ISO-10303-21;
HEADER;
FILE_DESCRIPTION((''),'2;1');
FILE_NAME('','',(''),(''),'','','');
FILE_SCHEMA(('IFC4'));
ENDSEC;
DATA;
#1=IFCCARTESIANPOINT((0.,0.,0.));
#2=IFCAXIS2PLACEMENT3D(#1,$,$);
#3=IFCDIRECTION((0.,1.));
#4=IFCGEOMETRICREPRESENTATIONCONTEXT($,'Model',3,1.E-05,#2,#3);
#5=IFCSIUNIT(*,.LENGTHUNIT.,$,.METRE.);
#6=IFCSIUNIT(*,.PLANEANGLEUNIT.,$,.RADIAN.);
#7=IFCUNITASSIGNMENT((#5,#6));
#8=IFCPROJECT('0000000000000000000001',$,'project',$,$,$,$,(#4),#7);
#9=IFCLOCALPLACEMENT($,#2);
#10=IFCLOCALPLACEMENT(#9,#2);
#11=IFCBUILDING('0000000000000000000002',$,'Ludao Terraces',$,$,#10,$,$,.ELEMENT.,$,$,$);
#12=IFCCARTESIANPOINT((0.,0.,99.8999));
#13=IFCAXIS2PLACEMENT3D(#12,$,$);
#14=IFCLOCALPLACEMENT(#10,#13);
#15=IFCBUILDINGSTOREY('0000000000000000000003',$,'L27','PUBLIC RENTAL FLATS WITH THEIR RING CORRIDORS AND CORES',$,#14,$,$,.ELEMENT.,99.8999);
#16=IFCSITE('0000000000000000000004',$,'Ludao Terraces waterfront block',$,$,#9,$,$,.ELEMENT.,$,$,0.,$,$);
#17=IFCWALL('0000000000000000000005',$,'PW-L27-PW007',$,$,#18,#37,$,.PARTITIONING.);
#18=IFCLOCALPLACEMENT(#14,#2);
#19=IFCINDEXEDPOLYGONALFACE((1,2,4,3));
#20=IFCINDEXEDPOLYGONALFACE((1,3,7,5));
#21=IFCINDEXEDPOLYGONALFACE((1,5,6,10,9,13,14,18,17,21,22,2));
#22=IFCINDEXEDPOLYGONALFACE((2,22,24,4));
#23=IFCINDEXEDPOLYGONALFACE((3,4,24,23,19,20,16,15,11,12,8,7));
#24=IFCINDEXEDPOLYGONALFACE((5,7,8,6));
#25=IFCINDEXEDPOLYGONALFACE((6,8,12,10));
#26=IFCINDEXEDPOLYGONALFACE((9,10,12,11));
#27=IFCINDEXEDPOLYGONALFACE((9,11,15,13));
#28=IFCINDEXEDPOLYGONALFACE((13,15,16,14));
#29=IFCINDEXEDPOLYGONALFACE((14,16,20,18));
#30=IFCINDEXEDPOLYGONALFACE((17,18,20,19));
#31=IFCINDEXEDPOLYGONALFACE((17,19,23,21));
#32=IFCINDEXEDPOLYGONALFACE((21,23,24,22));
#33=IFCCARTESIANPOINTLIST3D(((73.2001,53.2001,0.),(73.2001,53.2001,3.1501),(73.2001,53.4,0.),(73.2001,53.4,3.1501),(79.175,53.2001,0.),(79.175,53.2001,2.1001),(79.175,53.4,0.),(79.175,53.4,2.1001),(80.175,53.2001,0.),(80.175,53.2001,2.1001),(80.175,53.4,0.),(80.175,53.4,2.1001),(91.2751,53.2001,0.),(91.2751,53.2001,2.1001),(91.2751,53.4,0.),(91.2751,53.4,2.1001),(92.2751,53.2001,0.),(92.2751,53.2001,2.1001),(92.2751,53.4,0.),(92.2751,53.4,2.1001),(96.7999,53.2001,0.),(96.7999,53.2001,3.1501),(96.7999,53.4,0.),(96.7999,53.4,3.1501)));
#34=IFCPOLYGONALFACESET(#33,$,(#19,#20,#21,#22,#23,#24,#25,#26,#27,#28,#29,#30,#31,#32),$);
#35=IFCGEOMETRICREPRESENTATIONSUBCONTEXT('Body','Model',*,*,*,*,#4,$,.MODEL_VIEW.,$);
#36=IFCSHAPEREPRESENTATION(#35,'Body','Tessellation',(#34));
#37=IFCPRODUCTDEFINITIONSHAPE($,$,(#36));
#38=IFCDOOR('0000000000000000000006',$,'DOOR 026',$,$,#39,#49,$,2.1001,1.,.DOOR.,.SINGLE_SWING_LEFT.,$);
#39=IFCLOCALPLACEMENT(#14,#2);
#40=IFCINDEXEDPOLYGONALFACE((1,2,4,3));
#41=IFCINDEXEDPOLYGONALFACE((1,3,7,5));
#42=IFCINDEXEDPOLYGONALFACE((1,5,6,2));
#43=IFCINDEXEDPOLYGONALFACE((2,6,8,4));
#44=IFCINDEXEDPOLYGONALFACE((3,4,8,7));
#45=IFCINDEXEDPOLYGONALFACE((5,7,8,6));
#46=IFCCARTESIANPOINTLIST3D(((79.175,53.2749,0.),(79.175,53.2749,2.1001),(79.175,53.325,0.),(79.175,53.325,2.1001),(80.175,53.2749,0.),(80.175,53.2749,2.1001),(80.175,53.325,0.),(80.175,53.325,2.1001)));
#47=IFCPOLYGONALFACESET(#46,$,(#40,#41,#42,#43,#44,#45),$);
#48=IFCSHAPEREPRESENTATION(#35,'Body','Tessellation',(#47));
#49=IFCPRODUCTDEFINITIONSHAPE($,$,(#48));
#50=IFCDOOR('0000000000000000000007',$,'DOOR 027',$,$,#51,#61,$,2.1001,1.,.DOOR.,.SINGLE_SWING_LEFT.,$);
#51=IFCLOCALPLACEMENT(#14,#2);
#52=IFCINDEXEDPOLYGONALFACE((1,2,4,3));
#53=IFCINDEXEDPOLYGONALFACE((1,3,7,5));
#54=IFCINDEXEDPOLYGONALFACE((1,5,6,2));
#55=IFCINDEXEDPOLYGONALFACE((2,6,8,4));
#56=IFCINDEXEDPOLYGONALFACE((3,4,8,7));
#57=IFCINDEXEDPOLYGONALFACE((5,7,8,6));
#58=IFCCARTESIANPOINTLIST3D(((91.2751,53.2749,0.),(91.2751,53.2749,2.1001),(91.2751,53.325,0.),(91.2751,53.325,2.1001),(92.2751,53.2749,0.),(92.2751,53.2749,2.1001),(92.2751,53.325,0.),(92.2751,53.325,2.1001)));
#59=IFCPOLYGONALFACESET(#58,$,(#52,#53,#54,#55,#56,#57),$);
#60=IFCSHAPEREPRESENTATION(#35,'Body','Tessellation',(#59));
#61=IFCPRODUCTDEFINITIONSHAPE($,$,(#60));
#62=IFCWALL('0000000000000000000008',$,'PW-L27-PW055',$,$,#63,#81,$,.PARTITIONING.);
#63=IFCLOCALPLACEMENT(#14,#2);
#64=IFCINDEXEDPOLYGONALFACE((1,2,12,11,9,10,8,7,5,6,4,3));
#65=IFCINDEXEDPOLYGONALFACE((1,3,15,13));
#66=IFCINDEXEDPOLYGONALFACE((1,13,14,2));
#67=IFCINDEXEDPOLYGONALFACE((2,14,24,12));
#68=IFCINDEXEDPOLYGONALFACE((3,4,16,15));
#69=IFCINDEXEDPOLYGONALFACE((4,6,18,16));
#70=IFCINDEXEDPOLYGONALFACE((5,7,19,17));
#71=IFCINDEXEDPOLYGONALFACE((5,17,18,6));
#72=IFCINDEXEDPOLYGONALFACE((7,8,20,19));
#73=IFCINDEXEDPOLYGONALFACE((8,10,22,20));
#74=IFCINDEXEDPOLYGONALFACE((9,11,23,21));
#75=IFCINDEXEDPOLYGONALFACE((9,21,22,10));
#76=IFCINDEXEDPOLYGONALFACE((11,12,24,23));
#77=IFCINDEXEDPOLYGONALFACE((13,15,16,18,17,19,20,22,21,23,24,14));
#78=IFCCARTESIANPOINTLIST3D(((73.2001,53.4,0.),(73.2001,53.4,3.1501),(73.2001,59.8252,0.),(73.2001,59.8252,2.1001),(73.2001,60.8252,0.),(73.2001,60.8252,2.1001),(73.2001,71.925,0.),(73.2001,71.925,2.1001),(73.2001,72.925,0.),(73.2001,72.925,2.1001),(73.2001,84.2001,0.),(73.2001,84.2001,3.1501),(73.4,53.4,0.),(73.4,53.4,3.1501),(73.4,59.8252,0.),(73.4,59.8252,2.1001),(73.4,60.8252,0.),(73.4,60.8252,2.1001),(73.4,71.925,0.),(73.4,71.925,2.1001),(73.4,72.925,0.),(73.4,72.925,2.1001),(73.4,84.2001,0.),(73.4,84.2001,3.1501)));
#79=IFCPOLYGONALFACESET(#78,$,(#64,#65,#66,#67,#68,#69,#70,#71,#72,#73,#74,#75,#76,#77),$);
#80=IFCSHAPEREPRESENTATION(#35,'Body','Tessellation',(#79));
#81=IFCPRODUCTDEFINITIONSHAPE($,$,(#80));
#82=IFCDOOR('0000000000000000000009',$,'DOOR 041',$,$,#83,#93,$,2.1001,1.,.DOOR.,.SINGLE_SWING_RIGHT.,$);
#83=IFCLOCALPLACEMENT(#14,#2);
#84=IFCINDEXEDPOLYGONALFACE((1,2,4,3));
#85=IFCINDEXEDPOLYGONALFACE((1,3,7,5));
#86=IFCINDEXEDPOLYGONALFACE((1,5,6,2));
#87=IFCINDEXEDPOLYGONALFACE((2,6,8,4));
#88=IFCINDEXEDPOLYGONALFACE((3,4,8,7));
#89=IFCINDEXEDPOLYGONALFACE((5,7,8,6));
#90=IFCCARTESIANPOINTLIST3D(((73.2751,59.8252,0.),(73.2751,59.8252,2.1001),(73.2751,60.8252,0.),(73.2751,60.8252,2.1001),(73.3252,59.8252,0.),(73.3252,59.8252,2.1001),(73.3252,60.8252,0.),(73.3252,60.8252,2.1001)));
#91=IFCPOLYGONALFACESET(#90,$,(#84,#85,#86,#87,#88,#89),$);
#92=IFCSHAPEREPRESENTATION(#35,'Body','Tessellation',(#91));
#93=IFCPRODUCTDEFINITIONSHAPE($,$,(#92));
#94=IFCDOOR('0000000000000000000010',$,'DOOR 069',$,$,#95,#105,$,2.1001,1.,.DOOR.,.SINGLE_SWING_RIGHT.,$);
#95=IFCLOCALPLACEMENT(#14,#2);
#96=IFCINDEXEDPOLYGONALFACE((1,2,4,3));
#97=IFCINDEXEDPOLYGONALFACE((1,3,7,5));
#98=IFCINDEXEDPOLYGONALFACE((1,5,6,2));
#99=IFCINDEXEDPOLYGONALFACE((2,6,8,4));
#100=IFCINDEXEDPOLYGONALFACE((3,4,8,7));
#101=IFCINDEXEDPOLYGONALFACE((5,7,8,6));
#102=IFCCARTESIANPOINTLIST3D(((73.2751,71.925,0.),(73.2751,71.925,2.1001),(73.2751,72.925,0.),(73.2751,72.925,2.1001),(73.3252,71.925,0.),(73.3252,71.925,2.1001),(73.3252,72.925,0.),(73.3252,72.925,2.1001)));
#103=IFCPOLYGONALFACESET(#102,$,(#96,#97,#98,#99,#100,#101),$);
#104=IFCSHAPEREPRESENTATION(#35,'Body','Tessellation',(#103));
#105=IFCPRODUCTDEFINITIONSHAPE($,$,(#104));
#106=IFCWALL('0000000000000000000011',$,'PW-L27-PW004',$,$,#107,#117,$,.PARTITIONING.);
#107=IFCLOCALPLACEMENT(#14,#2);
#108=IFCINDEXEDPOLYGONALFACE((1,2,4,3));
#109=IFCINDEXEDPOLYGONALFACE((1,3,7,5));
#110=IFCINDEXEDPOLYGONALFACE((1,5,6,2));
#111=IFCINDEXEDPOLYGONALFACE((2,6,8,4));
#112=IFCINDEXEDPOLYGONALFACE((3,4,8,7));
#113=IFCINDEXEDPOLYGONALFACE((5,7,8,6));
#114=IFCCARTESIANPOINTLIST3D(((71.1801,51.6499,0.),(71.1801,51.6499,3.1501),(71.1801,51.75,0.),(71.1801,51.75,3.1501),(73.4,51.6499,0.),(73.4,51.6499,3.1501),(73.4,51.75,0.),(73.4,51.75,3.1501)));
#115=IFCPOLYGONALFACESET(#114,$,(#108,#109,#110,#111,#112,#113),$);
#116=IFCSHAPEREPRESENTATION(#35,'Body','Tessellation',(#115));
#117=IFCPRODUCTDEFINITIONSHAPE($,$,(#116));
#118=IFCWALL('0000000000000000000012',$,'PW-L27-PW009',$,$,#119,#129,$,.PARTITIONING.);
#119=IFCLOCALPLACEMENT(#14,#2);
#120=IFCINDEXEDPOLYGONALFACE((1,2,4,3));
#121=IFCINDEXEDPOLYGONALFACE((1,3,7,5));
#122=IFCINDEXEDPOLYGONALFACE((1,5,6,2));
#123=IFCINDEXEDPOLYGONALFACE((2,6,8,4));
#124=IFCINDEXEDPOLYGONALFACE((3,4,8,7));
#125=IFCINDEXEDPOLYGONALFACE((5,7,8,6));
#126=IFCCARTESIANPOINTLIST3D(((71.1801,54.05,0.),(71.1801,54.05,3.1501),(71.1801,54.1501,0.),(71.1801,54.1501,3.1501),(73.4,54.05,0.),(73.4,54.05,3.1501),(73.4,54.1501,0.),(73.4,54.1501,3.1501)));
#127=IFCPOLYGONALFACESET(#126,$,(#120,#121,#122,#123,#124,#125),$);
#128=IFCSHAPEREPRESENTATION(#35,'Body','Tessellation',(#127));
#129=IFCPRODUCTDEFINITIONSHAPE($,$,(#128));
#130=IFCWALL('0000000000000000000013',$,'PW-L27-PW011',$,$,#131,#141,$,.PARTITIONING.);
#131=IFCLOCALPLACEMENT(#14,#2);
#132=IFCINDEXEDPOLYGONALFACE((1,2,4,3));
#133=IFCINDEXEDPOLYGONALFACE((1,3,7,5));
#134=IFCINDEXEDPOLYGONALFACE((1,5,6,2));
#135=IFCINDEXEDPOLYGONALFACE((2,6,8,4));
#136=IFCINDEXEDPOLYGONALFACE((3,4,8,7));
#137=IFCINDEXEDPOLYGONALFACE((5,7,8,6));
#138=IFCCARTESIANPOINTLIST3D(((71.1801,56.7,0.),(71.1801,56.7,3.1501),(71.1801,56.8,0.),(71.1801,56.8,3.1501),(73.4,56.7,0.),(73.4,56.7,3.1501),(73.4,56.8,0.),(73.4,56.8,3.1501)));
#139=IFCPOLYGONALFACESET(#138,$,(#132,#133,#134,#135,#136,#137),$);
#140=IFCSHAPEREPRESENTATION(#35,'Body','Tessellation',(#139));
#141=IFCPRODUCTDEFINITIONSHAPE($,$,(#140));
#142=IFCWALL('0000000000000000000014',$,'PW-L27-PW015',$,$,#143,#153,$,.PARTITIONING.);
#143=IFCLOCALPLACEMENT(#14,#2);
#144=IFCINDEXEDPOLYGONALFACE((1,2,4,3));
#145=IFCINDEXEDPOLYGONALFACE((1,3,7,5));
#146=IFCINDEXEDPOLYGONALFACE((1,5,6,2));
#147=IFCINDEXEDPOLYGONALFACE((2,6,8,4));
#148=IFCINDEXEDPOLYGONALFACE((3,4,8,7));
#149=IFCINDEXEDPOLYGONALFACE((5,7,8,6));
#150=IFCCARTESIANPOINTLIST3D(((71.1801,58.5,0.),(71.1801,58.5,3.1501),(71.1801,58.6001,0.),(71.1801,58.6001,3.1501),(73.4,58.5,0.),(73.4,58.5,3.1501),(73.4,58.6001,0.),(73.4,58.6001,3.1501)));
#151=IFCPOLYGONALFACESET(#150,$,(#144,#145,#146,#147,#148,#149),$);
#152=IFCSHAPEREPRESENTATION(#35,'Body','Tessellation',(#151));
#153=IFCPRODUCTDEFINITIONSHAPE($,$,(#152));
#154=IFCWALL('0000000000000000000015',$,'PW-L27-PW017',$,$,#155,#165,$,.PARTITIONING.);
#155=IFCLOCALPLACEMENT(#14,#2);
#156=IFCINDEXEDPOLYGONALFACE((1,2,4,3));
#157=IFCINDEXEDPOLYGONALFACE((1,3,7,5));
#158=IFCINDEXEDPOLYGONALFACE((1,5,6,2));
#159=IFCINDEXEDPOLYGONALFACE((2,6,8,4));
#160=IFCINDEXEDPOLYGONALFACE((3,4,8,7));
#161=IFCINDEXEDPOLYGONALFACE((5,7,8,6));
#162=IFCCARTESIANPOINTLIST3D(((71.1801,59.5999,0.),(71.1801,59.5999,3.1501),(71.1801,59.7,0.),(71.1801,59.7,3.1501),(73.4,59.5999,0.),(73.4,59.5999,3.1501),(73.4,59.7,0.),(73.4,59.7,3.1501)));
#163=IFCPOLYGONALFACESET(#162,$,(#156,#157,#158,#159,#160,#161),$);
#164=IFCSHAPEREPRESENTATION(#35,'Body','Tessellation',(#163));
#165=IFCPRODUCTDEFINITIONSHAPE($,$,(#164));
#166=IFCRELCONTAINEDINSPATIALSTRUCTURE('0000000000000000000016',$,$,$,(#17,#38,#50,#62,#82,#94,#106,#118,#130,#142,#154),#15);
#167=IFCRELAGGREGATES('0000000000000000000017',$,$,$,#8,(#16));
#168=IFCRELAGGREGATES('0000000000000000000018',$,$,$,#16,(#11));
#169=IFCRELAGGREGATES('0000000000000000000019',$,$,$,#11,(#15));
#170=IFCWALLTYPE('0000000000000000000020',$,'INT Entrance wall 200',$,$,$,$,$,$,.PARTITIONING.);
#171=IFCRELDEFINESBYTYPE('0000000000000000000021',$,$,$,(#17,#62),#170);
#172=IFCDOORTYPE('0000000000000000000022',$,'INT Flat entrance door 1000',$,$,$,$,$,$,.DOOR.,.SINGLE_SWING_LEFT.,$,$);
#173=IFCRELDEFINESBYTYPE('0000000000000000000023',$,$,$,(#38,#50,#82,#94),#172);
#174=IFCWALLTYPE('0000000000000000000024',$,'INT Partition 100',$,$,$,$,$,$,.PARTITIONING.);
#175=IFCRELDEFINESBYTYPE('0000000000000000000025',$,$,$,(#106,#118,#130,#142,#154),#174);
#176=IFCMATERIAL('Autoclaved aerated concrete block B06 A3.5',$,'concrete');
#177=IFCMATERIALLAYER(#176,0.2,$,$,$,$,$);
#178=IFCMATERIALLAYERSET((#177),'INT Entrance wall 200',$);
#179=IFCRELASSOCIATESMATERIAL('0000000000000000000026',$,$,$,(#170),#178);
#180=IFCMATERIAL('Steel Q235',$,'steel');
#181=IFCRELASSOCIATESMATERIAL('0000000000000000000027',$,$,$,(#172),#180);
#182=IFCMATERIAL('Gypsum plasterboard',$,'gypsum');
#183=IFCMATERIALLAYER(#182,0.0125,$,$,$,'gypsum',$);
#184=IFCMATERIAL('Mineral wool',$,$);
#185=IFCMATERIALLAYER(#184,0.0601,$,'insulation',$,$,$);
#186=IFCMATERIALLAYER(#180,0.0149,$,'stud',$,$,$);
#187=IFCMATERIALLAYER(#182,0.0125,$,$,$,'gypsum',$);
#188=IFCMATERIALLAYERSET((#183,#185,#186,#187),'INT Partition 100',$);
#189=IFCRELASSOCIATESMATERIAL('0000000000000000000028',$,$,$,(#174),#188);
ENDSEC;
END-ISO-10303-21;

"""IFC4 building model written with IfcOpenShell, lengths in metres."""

from ifc_helpers import new_model, si_unit, direction, frame, frame_2d, origin, place, context, subcontext, project, spatial, rectangle, extrude, material, layer, layer_set, type_object, element, fill, save


model = new_model("IFC4")

# Units and contexts
model_context = context("Model", 3, precision=1e-05, world=origin(), true_north=direction((0.0, 1.0)))
body_context = subcontext(model_context, "Body", "Model", "MODEL_VIEW")
ifc_project = project(units=[si_unit("LENGTHUNIT", "METRE"), si_unit("PLANEANGLEUNIT", "RADIAN")], contexts=[model_context])

# Site, building, storey
site_placement = place(None, origin())
site = spatial("IfcSite", under=ifc_project, at=site_placement, Name="Ludao Terraces waterfront block", CompositionType="ELEMENT", RefElevation=0.0)
building_placement = place(site_placement, origin())
building = spatial("IfcBuilding", under=site, at=building_placement, Name="Ludao Terraces", CompositionType="ELEMENT")
storey_placement = place(building_placement, frame((0.0, 0.0, 99.8999)))
storey = spatial("IfcBuildingStorey", under=building, at=storey_placement, Name="L27", Description="PUBLIC RENTAL FLATS WITH THEIR RING CORRIDORS AND CORES", CompositionType="ELEMENT", Elevation=99.8999)

# Walls, openings, doors
ifc_material_1 = material(Name="Steel Q235", Category="steel")
ifc_material_2 = material(Name="Autoclaved aerated concrete block B06 A3.5", Category="concrete")
ifc_layer_1 = layer(ifc_material_2, 0.2)
ifc_layer_set_1 = layer_set([ifc_layer_1], Name="INT Entrance wall 200")
wall_type_1 = type_object("IfcWallType", Name="INT Entrance wall 200", PredefinedType="PARTITIONING", material=ifc_layer_set_1)
wall_1_placement = place(storey_placement, frame((73.2002, 53.3, 0.0), z_axis=(0.0, 0.0, 1.0), x_axis=(1.0, 0.0, 0.0)))
wall_1 = element("IfcWall", 1, at=wall_1_placement, inside=storey, type_object=wall_type_1, Name="PW-L27-PW007", PredefinedType="PARTITIONING", context=body_context, shape_type="SweptSolid", body=[
    extrude(rectangle(XDim=23.5999, YDim=0.2, at=frame_2d((11.7998, 0.0))), origin(), (0.0, 0.0, 1.0), 3.1501),
])
opening_1_placement = place(wall_1_placement, frame((5.9749, 0.0, 0.0)))
opening_1 = element("IfcOpeningElement", 2, at=opening_1_placement, cuts=wall_1, PredefinedType="OPENING", context=body_context, shape_type="SweptSolid", body=[
    extrude(rectangle(XDim=1.0, YDim=2.1001, at=frame_2d((0.5, 1.05))), frame((0.0, 0.1099, 0.0), z_axis=(0.0, -1.0, 0.0), x_axis=(1.0, 0.0, 0.0)), (0.0, 0.0, 1.0), 0.22),
])
opening_2_placement = place(wall_1_placement, frame((18.075, 0.0, 0.0)))
opening_2 = element("IfcOpeningElement", 3, at=opening_2_placement, cuts=wall_1, PredefinedType="OPENING", context=body_context, shape_type="SweptSolid", body=[
    extrude(rectangle(XDim=1.0, YDim=2.1001, at=frame_2d((0.5, 1.05))), frame((0.0, 0.1099, 0.0), z_axis=(0.0, -1.0, 0.0), x_axis=(1.0, 0.0, 0.0)), (0.0, 0.0, 1.0), 0.22),
])
door_type_1 = type_object("IfcDoorType", Name="INT Flat entrance door 1000", OperationType="SINGLE_SWING_LEFT", PredefinedType="DOOR", material=ifc_material_1)
door_1_placement = place(opening_1_placement, origin())
door_1 = element("IfcDoor", 4, at=door_1_placement, inside=storey, type_object=door_type_1, Name="DOOR 026", OperationType="SINGLE_SWING_LEFT", OverallHeight=2.1001, OverallWidth=1.0, PredefinedType="DOOR", context=body_context, shape_type="SweptSolid", body=[
    extrude(rectangle(XDim=1.0, YDim=2.1001, at=frame_2d((0.5, 1.05))), frame((0.0, 0.0249, 0.0), z_axis=(0.0, -1.0, 0.0), x_axis=(1.0, 0.0, 0.0)), (0.0, 0.0, 1.0), 0.05),
])
fill(opening_1, door_1)
door_2_placement = place(opening_2_placement, origin())
door_2 = element("IfcDoor", 5, at=door_2_placement, inside=storey, type_object=door_type_1, Name="DOOR 027", OperationType="SINGLE_SWING_LEFT", OverallHeight=2.1001, OverallWidth=1.0, PredefinedType="DOOR", context=body_context, shape_type="SweptSolid", body=[
    extrude(rectangle(XDim=1.0, YDim=2.1001, at=frame_2d((0.5, 1.05))), frame((0.0, 0.0249, 0.0), z_axis=(0.0, -1.0, 0.0), x_axis=(1.0, 0.0, 0.0)), (0.0, 0.0, 1.0), 0.05),
])
fill(opening_2, door_2)
wall_2_placement = place(storey_placement, frame((73.3, 53.4001, 0.0), z_axis=(0.0, 0.0, 1.0), x_axis=(0.0, 1.0, 0.0)))
wall_2 = element("IfcWall", 6, at=wall_2_placement, inside=storey, type_object=wall_type_1, Name="PW-L27-PW055", PredefinedType="PARTITIONING", context=body_context, shape_type="SweptSolid", body=[
    extrude(rectangle(XDim=30.8, YDim=0.2, at=frame_2d((15.3999, 0.0))), origin(), (0.0, 0.0, 1.0), 3.1501),
])
opening_3_placement = place(wall_2_placement, frame((6.425, 0.0, 0.0)))
opening_3 = element("IfcOpeningElement", 7, at=opening_3_placement, cuts=wall_2, PredefinedType="OPENING", context=body_context, shape_type="SweptSolid", body=[
    extrude(rectangle(XDim=1.0, YDim=2.1001, at=frame_2d((0.5, 1.05))), frame((0.0, 0.1099, 0.0), z_axis=(0.0, -1.0, 0.0), x_axis=(1.0, 0.0, 0.0)), (0.0, 0.0, 1.0), 0.22),
])
opening_4_placement = place(wall_2_placement, frame((18.5249, 0.0, 0.0)))
opening_4 = element("IfcOpeningElement", 8, at=opening_4_placement, cuts=wall_2, PredefinedType="OPENING", context=body_context, shape_type="SweptSolid", body=[
    extrude(rectangle(XDim=1.0, YDim=2.1001, at=frame_2d((0.5, 1.05))), frame((0.0, 0.1099, 0.0), z_axis=(0.0, -1.0, 0.0), x_axis=(1.0, 0.0, 0.0)), (0.0, 0.0, 1.0), 0.22),
])
door_3_placement = place(opening_3_placement, origin())
door_3 = element("IfcDoor", 9, at=door_3_placement, inside=storey, type_object=door_type_1, Name="DOOR 041", OperationType="SINGLE_SWING_RIGHT", OverallHeight=2.1001, OverallWidth=1.0, PredefinedType="DOOR", context=body_context, shape_type="SweptSolid", body=[
    extrude(rectangle(XDim=1.0, YDim=2.1001, at=frame_2d((0.5, 1.05))), frame((0.0, 0.0249, 0.0), z_axis=(0.0, -1.0, 0.0), x_axis=(1.0, 0.0, 0.0)), (0.0, 0.0, 1.0), 0.05),
])
fill(opening_3, door_3)
door_4_placement = place(opening_4_placement, origin())
door_4 = element("IfcDoor", 10, at=door_4_placement, inside=storey, type_object=door_type_1, Name="DOOR 069", OperationType="SINGLE_SWING_RIGHT", OverallHeight=2.1001, OverallWidth=1.0, PredefinedType="DOOR", context=body_context, shape_type="SweptSolid", body=[
    extrude(rectangle(XDim=1.0, YDim=2.1001, at=frame_2d((0.5, 1.05))), frame((0.0, 0.0249, 0.0), z_axis=(0.0, -1.0, 0.0), x_axis=(1.0, 0.0, 0.0)), (0.0, 0.0, 1.0), 0.05),
])
fill(opening_4, door_4)

# Walls
ifc_material_3 = material(Name="Gypsum plasterboard", Category="gypsum")
ifc_layer_2 = layer(ifc_material_3, 0.0125, Category="gypsum")
ifc_material_4 = material(Name="Mineral wool")
ifc_layer_3 = layer(ifc_material_4, 0.0601, Name="insulation")
ifc_layer_4 = layer(ifc_material_1, 0.0149, Name="stud")
ifc_layer_5 = layer(ifc_material_3, 0.0125, Category="gypsum")
ifc_layer_set_2 = layer_set([ifc_layer_2, ifc_layer_3, ifc_layer_4, ifc_layer_5], Name="INT Partition 100")
wall_type_2 = type_object("IfcWallType", Name="INT Partition 100", PredefinedType="PARTITIONING", material=ifc_layer_set_2)
for number, where, z_axis, x_axis, name in (
    (11, (71.1802, 51.7, 0.0), (0.0, 0.0, 1.0), (1.0, 0.0, 0.0), "PW-L27-PW004"),
    (12, (71.1802, 54.1001, 0.0), (0.0, 0.0, 1.0), (1.0, 0.0, 0.0), "PW-L27-PW009"),
    (13, (71.1802, 56.75, 0.0), (0.0, 0.0, 1.0), (1.0, 0.0, 0.0), "PW-L27-PW011"),
    (14, (71.1802, 58.55, 0.0), (0.0, 0.0, 1.0), (1.0, 0.0, 0.0), "PW-L27-PW015"),
    (15, (71.1802, 59.6499, 0.0), (0.0, 0.0, 1.0), (1.0, 0.0, 0.0), "PW-L27-PW017"),
):
    element("IfcWall", number, at=place(storey_placement, frame(where, z_axis=z_axis, x_axis=x_axis)), inside=storey, type_object=wall_type_2, Name=name, PredefinedType="PARTITIONING", context=body_context, shape_type="SweptSolid", body=[
        extrude(rectangle(XDim=2.22, YDim=0.1001, at=frame_2d((1.1099, 0.0))), origin(), (0.0, 0.0, 1.0), 3.1501),
    ])

save(model, "model.ifc")
